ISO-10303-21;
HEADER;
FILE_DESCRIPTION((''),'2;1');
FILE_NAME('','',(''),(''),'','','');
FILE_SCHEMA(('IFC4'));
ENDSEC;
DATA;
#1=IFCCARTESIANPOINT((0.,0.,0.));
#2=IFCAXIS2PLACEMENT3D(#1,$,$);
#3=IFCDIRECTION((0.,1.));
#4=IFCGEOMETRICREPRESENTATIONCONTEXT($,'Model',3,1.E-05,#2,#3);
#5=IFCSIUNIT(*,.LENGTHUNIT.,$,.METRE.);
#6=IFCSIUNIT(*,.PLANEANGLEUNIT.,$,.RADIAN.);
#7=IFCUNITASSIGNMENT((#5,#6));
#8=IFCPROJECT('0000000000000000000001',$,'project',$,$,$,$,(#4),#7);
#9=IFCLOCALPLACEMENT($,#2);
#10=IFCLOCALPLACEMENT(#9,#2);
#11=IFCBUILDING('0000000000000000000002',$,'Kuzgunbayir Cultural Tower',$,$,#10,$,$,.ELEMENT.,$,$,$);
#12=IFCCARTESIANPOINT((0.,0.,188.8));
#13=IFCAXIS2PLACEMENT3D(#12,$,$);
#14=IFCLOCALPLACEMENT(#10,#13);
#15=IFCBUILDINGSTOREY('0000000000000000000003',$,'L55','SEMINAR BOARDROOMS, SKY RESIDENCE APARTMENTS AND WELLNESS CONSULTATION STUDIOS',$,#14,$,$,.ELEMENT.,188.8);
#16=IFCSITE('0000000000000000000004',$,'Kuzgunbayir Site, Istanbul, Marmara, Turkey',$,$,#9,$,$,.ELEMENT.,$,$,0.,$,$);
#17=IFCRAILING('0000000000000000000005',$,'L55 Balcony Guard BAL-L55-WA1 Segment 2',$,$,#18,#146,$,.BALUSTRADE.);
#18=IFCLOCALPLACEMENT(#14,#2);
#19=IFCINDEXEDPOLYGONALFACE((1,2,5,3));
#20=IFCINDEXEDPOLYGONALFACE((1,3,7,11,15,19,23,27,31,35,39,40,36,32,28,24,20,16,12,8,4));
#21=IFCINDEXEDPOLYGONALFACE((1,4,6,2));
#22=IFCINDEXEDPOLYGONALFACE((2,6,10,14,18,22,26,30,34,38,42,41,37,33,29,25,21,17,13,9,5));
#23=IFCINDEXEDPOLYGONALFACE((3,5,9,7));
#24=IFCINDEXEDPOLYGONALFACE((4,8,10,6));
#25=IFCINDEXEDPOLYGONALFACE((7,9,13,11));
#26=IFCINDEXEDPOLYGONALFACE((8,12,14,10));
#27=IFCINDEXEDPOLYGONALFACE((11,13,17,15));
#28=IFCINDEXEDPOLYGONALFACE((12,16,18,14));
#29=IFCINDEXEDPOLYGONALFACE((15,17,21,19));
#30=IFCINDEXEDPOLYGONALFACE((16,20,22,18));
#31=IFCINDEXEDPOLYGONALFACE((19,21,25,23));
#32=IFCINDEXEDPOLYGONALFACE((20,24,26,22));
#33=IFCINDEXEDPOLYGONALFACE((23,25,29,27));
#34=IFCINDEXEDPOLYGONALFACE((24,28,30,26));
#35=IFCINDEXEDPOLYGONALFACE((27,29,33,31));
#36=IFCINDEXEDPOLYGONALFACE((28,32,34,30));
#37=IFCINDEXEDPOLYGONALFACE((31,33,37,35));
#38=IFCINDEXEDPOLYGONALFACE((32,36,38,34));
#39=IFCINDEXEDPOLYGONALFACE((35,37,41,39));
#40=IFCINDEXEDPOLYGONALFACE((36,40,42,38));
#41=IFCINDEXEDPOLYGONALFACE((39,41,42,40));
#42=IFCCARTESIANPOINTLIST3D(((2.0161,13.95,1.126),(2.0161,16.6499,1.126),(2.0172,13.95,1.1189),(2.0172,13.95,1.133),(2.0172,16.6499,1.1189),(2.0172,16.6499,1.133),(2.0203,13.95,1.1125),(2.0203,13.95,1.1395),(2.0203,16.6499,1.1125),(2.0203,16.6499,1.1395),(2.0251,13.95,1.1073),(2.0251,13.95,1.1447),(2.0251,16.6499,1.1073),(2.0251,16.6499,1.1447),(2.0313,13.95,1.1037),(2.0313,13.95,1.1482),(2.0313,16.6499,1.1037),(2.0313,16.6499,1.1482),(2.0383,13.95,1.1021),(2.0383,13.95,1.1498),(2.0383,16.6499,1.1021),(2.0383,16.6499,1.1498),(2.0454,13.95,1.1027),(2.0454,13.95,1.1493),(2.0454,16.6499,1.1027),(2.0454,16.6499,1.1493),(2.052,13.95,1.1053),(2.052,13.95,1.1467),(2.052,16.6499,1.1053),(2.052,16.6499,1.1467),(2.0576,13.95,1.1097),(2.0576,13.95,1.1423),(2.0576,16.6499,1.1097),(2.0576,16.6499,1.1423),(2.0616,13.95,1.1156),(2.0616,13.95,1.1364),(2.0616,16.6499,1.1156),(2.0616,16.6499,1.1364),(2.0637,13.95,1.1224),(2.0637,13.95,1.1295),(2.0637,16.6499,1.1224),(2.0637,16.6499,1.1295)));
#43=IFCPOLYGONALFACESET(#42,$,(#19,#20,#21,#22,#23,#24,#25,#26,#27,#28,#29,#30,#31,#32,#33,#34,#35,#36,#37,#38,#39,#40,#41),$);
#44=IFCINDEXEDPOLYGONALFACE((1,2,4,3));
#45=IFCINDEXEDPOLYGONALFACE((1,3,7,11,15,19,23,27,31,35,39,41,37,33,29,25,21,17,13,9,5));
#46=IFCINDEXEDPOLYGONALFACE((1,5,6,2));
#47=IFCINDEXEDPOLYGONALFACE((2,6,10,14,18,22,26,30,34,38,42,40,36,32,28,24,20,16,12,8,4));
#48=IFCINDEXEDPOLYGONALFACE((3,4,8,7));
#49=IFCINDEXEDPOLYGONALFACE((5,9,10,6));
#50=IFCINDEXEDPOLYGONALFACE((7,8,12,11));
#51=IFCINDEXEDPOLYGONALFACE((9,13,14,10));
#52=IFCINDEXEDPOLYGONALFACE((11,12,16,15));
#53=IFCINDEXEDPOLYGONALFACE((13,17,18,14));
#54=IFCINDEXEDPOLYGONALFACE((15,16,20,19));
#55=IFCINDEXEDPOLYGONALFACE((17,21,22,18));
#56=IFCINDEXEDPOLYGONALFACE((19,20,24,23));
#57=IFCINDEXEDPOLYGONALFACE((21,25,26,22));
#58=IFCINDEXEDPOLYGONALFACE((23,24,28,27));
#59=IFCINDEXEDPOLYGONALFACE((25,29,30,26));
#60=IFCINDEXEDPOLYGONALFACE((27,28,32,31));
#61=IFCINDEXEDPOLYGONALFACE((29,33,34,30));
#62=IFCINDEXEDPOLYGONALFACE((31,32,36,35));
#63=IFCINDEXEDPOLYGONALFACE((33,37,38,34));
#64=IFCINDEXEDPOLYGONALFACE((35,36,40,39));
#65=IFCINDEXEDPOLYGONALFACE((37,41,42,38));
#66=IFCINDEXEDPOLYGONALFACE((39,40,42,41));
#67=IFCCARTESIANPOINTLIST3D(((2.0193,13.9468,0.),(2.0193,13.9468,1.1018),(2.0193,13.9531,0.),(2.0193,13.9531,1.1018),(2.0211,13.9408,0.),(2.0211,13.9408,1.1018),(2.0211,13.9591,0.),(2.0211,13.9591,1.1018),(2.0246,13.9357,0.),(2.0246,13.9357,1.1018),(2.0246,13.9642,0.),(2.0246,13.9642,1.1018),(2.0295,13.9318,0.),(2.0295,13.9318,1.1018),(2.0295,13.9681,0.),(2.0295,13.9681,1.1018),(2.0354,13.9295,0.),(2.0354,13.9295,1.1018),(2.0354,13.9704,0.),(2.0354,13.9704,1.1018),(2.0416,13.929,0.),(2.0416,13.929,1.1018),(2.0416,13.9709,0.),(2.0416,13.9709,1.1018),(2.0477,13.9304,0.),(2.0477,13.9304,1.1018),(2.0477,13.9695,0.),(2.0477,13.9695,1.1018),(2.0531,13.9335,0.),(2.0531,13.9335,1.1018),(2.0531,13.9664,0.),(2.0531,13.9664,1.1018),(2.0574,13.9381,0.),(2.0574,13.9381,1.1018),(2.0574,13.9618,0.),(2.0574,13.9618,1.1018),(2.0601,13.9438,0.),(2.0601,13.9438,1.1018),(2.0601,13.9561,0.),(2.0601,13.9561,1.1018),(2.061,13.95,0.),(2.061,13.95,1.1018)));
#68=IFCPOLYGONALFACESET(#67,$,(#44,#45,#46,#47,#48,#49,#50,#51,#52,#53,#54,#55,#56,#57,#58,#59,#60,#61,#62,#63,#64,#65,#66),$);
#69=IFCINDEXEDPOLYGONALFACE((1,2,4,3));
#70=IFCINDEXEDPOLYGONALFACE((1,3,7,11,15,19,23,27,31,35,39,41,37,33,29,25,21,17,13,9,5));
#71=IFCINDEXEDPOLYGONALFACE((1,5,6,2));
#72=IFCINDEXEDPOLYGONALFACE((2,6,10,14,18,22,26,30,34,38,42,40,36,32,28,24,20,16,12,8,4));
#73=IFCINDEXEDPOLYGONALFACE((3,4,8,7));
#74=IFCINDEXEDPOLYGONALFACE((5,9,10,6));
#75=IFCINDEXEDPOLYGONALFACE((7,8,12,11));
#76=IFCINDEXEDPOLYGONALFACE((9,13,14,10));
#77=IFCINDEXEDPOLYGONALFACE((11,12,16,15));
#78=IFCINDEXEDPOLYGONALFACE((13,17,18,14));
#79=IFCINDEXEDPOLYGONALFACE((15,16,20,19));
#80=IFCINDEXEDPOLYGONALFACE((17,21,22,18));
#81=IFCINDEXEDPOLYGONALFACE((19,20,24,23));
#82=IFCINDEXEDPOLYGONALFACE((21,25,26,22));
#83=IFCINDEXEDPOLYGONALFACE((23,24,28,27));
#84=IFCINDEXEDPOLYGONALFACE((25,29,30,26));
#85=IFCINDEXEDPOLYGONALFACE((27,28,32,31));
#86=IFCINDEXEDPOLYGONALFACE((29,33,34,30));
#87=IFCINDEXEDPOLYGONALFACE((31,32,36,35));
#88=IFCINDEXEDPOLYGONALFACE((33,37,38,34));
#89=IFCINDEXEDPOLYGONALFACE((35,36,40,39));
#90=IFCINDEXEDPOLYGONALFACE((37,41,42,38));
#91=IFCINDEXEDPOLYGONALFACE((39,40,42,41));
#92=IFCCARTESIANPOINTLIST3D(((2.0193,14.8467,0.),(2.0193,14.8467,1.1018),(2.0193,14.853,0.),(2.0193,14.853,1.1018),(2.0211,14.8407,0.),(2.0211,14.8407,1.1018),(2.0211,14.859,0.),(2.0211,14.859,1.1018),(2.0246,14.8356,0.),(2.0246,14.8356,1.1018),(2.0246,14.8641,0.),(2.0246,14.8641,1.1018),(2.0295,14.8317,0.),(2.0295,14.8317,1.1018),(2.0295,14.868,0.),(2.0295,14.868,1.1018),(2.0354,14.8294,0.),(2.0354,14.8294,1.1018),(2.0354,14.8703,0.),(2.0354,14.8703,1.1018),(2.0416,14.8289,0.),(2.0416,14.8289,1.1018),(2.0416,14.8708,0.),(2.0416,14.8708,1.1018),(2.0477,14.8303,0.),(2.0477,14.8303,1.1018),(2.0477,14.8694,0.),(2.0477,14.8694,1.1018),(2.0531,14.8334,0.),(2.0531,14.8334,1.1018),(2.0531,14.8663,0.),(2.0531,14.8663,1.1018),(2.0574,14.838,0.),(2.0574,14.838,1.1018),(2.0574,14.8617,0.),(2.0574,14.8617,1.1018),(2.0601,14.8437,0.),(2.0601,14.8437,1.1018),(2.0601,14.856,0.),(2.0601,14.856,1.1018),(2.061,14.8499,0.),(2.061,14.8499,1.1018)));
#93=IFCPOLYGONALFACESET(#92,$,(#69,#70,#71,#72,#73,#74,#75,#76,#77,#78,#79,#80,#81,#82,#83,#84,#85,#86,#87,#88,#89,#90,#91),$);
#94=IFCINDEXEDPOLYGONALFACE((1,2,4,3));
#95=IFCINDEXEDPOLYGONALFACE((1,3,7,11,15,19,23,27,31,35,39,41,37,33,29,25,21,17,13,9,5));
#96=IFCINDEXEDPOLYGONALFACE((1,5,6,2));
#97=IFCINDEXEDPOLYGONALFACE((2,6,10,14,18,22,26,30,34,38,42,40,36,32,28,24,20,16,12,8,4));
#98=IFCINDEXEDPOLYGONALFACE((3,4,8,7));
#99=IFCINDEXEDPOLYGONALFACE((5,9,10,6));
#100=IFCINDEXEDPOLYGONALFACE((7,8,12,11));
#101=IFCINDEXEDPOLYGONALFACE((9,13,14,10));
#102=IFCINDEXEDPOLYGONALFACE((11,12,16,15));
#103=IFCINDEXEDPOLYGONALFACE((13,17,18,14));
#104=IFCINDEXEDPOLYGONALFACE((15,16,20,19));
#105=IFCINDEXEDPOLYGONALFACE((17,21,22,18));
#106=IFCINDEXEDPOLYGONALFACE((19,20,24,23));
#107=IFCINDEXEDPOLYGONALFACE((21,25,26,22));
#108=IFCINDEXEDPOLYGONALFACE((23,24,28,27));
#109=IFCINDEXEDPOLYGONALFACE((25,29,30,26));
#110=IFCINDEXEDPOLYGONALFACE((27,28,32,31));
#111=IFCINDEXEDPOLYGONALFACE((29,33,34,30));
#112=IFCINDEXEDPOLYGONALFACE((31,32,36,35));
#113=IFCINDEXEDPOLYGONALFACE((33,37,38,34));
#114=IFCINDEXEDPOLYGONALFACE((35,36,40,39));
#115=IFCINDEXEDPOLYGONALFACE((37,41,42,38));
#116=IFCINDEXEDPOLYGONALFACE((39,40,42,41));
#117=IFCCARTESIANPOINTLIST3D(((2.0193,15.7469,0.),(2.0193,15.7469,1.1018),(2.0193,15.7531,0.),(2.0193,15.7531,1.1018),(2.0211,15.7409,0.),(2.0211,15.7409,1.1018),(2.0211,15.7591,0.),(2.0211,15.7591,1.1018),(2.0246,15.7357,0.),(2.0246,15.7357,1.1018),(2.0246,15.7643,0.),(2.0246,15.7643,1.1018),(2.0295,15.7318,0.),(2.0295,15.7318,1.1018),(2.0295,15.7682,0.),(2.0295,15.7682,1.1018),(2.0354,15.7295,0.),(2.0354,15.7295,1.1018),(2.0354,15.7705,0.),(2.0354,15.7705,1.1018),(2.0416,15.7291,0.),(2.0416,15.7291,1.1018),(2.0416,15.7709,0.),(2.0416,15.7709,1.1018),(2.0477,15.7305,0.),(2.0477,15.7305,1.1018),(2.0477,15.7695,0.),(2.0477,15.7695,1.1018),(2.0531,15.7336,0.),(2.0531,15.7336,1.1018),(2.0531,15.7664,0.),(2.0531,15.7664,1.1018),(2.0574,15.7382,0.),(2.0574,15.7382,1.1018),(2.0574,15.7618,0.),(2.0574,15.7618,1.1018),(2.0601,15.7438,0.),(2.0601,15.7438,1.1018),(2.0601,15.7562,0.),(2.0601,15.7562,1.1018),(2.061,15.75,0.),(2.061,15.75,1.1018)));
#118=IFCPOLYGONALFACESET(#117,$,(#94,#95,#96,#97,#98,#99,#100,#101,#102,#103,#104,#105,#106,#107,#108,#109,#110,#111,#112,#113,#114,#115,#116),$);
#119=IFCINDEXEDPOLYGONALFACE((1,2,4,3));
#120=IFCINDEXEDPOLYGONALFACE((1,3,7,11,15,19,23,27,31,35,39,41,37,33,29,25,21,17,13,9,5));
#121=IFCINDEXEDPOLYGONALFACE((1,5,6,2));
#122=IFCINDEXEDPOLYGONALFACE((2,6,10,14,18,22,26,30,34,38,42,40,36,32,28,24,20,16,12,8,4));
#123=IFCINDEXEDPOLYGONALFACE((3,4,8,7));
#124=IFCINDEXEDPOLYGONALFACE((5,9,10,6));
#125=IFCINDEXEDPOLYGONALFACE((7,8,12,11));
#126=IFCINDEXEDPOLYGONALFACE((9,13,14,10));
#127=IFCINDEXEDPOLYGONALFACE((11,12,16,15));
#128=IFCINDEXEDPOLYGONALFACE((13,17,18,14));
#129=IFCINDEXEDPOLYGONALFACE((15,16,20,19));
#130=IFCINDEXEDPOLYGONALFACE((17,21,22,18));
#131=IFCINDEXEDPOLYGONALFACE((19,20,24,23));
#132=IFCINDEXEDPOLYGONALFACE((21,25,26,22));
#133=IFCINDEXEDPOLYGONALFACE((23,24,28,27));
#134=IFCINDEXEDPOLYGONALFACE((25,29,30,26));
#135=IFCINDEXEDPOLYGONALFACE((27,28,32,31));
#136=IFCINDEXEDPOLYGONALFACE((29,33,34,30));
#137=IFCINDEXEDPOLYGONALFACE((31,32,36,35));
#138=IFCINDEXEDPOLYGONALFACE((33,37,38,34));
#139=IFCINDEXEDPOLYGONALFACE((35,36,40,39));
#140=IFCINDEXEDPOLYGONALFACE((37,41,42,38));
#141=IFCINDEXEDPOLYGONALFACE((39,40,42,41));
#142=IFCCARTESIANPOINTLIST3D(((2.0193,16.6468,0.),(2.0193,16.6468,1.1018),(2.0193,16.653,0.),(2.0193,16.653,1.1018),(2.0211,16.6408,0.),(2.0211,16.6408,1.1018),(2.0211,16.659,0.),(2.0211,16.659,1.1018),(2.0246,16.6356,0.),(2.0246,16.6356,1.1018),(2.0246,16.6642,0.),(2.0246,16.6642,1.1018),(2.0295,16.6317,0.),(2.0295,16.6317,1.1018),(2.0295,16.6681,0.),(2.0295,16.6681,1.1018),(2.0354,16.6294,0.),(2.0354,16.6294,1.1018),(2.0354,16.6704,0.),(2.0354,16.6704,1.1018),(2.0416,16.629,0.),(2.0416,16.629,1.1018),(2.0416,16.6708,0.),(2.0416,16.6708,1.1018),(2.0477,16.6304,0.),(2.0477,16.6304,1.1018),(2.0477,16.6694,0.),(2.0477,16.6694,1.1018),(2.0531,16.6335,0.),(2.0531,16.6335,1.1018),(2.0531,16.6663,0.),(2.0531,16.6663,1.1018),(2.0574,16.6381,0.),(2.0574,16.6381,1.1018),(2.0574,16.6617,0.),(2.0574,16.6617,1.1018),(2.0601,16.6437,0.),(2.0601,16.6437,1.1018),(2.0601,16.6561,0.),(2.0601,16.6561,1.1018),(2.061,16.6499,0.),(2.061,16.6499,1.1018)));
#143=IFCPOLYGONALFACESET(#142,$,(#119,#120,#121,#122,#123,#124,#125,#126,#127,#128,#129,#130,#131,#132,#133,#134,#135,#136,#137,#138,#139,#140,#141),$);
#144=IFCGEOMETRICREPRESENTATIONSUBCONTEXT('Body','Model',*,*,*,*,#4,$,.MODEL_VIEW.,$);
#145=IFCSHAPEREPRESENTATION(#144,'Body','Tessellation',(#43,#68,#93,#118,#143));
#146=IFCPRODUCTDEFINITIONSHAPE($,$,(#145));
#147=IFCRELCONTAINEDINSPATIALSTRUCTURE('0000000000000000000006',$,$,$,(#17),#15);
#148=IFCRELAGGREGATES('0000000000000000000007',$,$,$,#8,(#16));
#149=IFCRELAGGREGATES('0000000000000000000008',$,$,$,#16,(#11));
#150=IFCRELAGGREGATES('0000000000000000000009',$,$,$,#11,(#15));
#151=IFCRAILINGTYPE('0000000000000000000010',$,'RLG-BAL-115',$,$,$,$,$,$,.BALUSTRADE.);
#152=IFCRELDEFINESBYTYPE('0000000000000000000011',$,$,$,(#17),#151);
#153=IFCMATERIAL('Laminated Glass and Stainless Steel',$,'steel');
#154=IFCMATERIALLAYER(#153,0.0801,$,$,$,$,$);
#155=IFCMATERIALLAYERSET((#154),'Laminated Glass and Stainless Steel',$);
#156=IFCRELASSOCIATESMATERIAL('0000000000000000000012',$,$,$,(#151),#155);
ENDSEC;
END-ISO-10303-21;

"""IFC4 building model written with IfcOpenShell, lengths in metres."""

from ifc_helpers import new_model, si_unit, direction, frame, origin, origin_2d, place, context, subcontext, project, spatial, circle, extrude, material, layer, layer_set, type_object, element, save


model = new_model("IFC4")

# Units and contexts
model_context = context("Model", 3, precision=1e-05, world=origin(), true_north=direction((0.0, 1.0)))
body_context = subcontext(model_context, "Body", "Model", "MODEL_VIEW")
ifc_project = project(units=[si_unit("LENGTHUNIT", "METRE"), si_unit("PLANEANGLEUNIT", "RADIAN")], contexts=[model_context])

# Site, building, storey
site_placement = place(None, origin())
site = spatial("IfcSite", under=ifc_project, at=site_placement, Name="Kuzgunbayir Site, Istanbul, Marmara, Turkey", CompositionType="ELEMENT", RefElevation=0.0)
building_placement = place(site_placement, origin())
building = spatial("IfcBuilding", under=site, at=building_placement, Name="Kuzgunbayir Cultural Tower", CompositionType="ELEMENT")
storey_placement = place(building_placement, frame((0.0, 0.0, 188.8)))
storey = spatial("IfcBuildingStorey", under=building, at=storey_placement, Name="L55", Description="SEMINAR BOARDROOMS, SKY RESIDENCE APARTMENTS AND WELLNESS CONSULTATION STUDIOS", CompositionType="ELEMENT", Elevation=188.8)

# Railing
ifc_material_1 = material(Name="Laminated Glass and Stainless Steel", Category="steel")
ifc_layer_1 = layer(ifc_material_1, 0.0801)
ifc_layer_set_1 = layer_set([ifc_layer_1], Name="Laminated Glass and Stainless Steel")
railing_type = type_object("IfcRailingType", Name="RLG-BAL-115", PredefinedType="BALUSTRADE", material=ifc_layer_set_1)
railing_1_placement = place(storey_placement, frame((2.04, 13.95, 0.0)))
element("IfcRailing", 1, at=railing_1_placement, inside=storey, type_object=railing_type, Name="L55 Balcony Guard BAL-L55-WA1 Segment 2", PredefinedType="BALUSTRADE", context=body_context, shape_type="SweptSolid", body=[
    extrude(circle(Radius=0.0239, at=origin_2d()), frame((0.0, 0.0, 1.126), z_axis=(0.0, 1.0, 0.0), x_axis=(-1.0, 0.0, 0.0)), (0.0, 0.0, 1.0), 2.7),
    extrude(circle(Radius=0.021, at=origin_2d()), origin(), (0.0, 0.0, 1.0), 1.1018),
    extrude(circle(Radius=0.021, at=origin_2d()), frame((0.0, 0.8999, 0.0)), (0.0, 0.0, 1.0), 1.1018),
    extrude(circle(Radius=0.021, at=origin_2d()), frame((0.0, 1.8, 0.0)), (0.0, 0.0, 1.0), 1.1018),
    extrude(circle(Radius=0.021, at=origin_2d()), frame((0.0, 2.7, 0.0)), (0.0, 0.0, 1.0), 1.1018),
])

save(model, "model.ifc")
